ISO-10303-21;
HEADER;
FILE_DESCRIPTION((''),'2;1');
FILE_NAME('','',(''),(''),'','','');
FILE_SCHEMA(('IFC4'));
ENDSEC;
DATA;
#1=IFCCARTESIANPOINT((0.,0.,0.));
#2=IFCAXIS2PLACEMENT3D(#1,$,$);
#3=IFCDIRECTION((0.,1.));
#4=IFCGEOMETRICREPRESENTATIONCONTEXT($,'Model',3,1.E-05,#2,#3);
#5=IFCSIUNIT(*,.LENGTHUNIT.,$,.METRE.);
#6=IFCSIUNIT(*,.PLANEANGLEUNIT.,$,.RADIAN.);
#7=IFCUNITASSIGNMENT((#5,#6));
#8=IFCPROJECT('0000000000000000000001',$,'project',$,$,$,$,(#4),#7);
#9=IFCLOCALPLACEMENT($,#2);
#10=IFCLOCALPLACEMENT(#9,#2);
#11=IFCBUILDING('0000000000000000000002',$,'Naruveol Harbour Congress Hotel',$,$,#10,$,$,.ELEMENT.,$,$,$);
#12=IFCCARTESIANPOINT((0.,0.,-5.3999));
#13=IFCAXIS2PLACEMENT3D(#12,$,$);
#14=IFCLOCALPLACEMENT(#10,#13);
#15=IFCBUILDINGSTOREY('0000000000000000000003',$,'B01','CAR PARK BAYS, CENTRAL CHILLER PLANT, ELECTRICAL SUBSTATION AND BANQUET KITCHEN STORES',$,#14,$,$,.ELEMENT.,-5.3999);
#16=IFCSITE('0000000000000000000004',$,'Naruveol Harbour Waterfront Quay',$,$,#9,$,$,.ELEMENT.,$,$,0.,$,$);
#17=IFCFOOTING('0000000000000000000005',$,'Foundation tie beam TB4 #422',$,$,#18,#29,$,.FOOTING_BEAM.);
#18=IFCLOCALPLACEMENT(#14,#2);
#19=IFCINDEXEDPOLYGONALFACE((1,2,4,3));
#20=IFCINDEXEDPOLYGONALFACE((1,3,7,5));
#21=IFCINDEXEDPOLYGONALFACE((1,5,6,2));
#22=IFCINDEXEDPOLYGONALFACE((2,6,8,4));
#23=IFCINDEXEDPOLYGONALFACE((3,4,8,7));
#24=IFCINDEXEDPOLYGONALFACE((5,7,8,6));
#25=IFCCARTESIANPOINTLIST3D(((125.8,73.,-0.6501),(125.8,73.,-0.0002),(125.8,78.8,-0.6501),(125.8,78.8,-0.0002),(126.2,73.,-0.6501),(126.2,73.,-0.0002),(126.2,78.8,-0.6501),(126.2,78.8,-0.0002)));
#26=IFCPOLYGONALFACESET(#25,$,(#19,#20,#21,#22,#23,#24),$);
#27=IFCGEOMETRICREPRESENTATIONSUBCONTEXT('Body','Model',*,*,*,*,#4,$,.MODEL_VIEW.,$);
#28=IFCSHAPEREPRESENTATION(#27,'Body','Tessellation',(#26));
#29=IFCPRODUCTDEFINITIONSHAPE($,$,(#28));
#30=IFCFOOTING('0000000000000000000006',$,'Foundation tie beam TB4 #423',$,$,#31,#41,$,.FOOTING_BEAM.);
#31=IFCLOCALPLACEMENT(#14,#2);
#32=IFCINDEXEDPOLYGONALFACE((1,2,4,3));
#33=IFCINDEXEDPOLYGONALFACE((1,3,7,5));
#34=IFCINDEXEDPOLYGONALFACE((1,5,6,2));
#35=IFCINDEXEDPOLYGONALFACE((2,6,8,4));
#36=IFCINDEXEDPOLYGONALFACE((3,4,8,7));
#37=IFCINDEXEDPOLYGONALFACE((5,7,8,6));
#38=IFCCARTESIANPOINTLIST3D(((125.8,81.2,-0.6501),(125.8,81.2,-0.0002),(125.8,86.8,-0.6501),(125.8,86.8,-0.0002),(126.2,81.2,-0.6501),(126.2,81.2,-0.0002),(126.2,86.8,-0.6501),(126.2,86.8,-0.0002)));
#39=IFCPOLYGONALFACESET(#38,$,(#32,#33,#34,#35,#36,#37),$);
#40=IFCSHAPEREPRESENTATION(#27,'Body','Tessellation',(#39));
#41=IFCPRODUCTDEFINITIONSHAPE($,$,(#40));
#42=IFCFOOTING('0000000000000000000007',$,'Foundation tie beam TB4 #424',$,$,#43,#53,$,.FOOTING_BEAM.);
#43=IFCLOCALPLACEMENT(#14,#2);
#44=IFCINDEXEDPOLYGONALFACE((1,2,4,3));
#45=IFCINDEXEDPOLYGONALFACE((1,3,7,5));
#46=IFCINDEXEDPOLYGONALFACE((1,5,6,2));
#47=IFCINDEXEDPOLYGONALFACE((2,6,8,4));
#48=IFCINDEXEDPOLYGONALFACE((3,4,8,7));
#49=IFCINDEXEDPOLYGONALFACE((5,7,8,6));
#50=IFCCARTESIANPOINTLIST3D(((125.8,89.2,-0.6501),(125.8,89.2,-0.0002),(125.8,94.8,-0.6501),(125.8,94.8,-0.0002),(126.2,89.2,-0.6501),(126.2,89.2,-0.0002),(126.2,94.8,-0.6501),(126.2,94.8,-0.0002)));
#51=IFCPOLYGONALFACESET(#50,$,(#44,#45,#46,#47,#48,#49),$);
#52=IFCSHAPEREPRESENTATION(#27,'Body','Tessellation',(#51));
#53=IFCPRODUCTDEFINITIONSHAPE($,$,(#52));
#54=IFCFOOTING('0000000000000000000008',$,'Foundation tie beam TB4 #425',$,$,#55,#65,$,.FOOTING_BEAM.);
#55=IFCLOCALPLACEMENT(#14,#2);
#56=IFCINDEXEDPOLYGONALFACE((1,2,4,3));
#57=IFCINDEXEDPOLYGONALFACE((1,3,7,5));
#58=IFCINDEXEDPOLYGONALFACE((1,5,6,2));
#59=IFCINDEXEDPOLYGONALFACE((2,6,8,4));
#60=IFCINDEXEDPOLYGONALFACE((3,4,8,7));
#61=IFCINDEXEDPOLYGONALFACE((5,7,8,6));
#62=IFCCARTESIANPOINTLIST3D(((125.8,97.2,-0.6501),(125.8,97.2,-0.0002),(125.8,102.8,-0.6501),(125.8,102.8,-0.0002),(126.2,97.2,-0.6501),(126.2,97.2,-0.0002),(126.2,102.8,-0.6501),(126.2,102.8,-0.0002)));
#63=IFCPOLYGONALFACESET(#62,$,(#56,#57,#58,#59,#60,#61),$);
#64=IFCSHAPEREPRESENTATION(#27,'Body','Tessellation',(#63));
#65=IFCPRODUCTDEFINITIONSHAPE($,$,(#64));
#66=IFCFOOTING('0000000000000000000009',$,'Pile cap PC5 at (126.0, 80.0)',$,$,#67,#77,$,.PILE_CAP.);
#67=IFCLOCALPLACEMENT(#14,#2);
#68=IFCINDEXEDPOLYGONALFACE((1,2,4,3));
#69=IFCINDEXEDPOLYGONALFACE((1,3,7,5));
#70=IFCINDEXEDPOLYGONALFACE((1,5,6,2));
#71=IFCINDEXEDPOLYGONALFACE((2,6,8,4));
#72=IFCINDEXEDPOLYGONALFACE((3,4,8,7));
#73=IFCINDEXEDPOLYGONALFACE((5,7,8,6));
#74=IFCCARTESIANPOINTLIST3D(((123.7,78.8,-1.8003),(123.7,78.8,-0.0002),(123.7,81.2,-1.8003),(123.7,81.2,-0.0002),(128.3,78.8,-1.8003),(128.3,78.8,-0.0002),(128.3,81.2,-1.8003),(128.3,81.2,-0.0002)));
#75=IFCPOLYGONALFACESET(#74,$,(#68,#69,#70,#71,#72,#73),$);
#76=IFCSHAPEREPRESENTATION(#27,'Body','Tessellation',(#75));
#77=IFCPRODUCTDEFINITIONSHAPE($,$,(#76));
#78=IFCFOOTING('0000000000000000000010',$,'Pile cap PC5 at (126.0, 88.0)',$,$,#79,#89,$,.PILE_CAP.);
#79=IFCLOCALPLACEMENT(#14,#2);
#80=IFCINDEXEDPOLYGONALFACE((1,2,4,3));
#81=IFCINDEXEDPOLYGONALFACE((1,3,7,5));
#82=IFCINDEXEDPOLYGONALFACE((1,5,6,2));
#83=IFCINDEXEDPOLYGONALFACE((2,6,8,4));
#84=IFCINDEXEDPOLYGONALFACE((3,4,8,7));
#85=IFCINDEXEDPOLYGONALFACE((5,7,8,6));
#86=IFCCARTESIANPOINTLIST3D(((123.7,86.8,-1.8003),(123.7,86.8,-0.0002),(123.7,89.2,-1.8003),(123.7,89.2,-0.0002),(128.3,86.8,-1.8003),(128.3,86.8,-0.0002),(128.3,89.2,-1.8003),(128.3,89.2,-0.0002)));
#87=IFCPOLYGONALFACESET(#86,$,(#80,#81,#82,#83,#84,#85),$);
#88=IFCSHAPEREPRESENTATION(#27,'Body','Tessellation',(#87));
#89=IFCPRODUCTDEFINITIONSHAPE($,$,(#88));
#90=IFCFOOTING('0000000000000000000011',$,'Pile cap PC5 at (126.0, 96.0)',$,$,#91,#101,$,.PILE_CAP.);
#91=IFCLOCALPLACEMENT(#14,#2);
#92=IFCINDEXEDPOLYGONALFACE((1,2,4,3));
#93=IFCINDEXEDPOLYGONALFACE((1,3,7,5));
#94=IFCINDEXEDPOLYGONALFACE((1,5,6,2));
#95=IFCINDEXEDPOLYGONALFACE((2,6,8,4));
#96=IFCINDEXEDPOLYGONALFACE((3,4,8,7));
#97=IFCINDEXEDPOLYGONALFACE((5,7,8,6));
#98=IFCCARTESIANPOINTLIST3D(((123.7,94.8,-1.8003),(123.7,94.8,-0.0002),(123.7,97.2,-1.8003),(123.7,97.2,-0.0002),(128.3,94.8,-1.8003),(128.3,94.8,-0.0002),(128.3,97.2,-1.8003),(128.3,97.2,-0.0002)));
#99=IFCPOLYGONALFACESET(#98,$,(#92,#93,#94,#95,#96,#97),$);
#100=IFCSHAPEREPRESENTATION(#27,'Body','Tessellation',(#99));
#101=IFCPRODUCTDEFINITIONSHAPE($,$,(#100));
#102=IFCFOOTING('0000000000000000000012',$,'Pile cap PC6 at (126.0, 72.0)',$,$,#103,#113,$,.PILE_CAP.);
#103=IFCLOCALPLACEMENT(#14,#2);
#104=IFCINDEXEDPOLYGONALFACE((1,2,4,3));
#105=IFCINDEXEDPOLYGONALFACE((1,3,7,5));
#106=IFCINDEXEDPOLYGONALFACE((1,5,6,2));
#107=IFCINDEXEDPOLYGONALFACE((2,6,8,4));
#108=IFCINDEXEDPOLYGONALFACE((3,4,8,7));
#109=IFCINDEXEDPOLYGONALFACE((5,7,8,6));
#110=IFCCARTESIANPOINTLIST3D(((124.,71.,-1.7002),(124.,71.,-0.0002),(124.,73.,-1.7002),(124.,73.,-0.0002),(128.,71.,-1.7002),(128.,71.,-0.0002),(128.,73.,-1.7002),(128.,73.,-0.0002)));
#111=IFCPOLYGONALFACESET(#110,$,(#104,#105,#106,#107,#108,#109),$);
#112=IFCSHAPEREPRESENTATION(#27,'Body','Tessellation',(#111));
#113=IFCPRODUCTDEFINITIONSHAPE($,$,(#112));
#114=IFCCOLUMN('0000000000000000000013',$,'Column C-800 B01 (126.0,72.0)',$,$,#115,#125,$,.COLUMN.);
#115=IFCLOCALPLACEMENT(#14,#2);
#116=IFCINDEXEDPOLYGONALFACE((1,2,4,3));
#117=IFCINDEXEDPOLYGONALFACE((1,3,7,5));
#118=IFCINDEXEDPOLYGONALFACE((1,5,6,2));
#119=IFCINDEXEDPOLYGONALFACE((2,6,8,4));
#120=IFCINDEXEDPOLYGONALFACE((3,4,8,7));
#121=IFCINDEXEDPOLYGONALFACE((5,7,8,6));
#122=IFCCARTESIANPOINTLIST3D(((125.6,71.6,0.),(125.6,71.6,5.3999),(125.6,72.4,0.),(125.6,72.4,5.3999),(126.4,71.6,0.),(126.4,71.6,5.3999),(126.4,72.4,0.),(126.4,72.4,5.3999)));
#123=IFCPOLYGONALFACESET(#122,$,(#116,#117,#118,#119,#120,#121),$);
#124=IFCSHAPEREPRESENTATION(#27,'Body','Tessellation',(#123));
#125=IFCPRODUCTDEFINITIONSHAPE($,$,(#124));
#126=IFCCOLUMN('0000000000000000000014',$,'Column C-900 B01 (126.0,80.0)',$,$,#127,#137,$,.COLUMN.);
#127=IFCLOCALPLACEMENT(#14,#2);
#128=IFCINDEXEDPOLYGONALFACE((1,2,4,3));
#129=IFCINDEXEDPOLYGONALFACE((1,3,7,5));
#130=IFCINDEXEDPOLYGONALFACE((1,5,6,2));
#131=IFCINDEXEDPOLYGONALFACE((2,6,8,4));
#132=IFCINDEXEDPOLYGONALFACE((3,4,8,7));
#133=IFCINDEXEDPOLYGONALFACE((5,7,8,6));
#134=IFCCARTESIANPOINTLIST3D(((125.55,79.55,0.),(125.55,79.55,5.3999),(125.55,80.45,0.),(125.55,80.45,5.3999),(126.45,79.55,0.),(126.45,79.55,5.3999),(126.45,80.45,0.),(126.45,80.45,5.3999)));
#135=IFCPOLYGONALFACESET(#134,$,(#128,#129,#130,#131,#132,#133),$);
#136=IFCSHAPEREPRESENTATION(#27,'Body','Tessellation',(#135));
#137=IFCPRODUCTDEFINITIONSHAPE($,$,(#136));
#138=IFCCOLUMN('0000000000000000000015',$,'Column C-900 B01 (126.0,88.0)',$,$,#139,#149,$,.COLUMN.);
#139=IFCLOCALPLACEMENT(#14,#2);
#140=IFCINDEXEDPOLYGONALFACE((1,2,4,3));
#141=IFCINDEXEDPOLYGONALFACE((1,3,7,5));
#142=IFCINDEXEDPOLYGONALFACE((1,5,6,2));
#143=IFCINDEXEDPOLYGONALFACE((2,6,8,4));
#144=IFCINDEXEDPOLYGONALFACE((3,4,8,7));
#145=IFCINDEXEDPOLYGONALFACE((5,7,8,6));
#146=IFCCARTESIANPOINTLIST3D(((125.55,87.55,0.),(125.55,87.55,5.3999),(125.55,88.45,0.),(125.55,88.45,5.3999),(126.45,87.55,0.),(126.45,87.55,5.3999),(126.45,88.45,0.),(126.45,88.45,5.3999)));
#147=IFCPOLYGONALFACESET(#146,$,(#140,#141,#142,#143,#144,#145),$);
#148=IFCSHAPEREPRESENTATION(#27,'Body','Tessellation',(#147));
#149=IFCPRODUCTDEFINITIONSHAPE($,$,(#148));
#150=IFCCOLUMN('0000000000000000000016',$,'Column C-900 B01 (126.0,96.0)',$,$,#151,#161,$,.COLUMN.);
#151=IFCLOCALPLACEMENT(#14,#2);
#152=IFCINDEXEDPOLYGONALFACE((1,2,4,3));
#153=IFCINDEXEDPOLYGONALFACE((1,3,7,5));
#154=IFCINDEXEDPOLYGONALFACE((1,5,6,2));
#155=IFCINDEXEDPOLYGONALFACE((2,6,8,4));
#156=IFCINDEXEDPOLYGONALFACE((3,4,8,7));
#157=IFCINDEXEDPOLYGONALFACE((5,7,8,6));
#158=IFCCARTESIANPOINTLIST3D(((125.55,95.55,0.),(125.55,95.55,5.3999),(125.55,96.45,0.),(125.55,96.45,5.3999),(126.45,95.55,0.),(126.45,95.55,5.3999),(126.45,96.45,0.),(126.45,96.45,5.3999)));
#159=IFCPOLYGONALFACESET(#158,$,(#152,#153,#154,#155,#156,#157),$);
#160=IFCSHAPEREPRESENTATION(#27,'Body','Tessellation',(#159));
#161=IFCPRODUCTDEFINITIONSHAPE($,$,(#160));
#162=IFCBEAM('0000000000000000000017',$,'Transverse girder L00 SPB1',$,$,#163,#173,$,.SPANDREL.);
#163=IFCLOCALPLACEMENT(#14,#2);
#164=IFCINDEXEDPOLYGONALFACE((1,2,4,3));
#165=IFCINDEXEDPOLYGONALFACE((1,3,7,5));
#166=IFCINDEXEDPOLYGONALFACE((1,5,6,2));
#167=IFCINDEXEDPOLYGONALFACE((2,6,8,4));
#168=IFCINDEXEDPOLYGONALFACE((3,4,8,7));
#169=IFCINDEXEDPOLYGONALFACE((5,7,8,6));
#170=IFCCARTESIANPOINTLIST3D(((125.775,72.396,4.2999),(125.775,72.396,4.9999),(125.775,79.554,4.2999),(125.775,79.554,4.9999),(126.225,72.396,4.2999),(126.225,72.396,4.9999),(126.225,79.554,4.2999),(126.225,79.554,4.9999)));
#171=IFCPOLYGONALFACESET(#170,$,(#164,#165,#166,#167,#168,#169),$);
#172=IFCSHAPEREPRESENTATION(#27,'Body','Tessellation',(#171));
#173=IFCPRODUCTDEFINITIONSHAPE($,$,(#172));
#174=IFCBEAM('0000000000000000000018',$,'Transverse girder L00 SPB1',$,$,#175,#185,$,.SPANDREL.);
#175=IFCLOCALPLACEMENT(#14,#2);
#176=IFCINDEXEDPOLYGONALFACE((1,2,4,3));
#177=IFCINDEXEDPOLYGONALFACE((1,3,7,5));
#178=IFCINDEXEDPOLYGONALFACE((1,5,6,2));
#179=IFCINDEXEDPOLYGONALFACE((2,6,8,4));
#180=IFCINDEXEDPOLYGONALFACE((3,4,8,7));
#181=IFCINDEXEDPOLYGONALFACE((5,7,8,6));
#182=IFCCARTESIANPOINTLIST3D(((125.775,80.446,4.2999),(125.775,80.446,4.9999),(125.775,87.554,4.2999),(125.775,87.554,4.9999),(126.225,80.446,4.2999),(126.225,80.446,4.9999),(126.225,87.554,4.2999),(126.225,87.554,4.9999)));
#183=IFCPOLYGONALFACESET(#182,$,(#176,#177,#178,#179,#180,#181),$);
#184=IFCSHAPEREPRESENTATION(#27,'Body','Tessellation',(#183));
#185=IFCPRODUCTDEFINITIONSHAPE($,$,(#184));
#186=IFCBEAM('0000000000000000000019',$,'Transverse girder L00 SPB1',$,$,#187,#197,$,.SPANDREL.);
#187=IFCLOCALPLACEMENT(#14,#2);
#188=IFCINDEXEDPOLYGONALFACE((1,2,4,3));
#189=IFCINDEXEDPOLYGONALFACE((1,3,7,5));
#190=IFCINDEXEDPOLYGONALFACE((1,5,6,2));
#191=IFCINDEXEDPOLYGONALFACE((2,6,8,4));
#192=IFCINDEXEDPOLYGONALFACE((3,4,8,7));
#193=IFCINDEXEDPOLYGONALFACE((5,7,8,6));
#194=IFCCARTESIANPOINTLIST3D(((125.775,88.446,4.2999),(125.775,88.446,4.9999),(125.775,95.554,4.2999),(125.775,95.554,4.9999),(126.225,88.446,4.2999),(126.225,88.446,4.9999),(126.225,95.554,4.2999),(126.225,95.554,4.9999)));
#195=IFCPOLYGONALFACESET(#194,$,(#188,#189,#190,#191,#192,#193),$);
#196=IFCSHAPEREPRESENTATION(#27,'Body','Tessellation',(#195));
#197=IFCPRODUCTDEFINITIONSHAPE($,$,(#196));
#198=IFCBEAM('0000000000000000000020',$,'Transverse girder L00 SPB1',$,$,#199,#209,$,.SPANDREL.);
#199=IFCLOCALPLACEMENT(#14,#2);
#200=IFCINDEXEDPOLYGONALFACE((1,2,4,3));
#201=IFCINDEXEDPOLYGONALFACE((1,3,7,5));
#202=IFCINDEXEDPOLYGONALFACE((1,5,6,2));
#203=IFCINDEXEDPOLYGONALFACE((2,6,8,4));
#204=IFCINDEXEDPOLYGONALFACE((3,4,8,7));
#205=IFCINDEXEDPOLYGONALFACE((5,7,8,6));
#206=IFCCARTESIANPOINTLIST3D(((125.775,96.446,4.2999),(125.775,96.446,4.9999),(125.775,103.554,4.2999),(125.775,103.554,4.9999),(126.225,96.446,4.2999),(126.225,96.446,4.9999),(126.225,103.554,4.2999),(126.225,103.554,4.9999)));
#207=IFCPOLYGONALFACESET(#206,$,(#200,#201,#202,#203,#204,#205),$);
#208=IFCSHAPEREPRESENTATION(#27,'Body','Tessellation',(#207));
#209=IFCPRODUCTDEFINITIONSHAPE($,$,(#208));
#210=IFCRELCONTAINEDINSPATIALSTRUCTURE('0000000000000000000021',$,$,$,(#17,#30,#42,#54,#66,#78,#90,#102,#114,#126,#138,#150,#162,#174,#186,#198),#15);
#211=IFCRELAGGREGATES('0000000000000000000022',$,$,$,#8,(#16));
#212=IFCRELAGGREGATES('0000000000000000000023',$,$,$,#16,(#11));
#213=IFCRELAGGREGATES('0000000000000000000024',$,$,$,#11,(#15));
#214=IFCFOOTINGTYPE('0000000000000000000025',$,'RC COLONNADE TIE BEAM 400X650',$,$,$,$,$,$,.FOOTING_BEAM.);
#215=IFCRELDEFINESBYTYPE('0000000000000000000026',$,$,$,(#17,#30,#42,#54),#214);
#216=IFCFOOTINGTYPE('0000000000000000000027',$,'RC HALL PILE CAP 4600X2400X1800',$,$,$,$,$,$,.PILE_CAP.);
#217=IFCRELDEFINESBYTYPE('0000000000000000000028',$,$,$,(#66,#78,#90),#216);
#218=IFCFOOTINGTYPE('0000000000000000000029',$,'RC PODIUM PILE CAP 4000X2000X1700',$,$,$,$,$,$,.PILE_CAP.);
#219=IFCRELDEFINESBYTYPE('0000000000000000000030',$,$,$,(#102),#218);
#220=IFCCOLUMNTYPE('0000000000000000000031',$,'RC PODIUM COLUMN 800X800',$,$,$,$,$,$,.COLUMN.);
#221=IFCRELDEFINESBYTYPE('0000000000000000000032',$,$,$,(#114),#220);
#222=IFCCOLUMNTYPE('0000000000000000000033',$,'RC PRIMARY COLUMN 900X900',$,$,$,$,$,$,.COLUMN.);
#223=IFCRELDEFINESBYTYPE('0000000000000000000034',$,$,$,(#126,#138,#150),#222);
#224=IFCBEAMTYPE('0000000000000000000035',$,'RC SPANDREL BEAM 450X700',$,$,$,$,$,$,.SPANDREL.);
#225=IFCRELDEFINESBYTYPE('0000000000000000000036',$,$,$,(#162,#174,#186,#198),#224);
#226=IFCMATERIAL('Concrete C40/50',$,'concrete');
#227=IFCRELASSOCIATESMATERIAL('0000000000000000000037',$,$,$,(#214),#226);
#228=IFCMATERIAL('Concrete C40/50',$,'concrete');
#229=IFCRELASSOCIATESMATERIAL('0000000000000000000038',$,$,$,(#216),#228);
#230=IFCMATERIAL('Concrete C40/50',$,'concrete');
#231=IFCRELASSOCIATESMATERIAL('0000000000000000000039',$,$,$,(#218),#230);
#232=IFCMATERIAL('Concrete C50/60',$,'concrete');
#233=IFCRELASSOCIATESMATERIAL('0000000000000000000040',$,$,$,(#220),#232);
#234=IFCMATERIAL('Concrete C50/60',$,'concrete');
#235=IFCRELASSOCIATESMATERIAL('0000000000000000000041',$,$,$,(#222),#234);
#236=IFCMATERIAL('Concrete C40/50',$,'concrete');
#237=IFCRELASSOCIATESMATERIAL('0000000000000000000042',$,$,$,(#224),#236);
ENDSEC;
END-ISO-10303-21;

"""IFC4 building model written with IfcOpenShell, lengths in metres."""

from ifc_helpers import new_model, si_unit, direction, frame, origin, origin_2d, place, context, subcontext, project, spatial, rectangle, extrude, material, material_profile, profile_set, type_object, element, save


model = new_model("IFC4")

# Units and contexts
model_context = context("Model", 3, precision=1e-05, world=origin(), true_north=direction((0.0, 1.0)))
body_context = subcontext(model_context, "Body", "Model", "MODEL_VIEW")
ifc_project = project(units=[si_unit("LENGTHUNIT", "METRE"), si_unit("PLANEANGLEUNIT", "RADIAN")], contexts=[model_context])

# Site, building, storey
site_placement = place(None, origin())
site = spatial("IfcSite", under=ifc_project, at=site_placement, Name="Naruveol Harbour Waterfront Quay", CompositionType="ELEMENT", RefElevation=0.0)
building_placement = place(site_placement, origin())
building = spatial("IfcBuilding", under=site, at=building_placement, Name="Naruveol Harbour Congress Hotel", CompositionType="ELEMENT")
storey_placement = place(building_placement, frame((0.0, 0.0, -5.3999)))
storey = spatial("IfcBuildingStorey", under=building, at=storey_placement, Name="B01", Description="CAR PARK BAYS, CENTRAL CHILLER PLANT, ELECTRICAL SUBSTATION AND BANQUET KITCHEN STORES", CompositionType="ELEMENT", Elevation=-5.3999)

# Footings
ifc_material_1 = material(Name="Concrete C40/50", Category="concrete")
ifc_material_profile_1 = material_profile(ifc_material_1, rectangle(XDim=0.3999, YDim=0.6499, at=origin_2d()), Name="RCB-400x650")
ifc_profile_set_1 = profile_set([ifc_material_profile_1], Name="Concrete C40/50")
footing_type_1 = type_object("IfcFootingType", Name="RC COLONNADE TIE BEAM 400X650", PredefinedType="FOOTING_BEAM", material=ifc_profile_set_1)
footing_1_placement = place(storey_placement, frame((126.0, 73.0, -0.3252), z_axis=(0.0, 1.0, 0.0), x_axis=(-1.0, 0.0, 0.0)))
element("IfcFooting", 1, at=footing_1_placement, inside=storey, type_object=footing_type_1, Name="Foundation tie beam TB4 #422", PredefinedType="FOOTING_BEAM", context=body_context, shape_type="SweptSolid", body=[
    extrude(rectangle(XDim=0.3999, YDim=0.6499, at=origin_2d()), origin(), (0.0, 0.0, 1.0), 5.8),
])
for number, where, z_axis, x_axis, name in (
    (2, (126.0, 81.2, -0.3252), (0.0, 1.0, 0.0), (-1.0, 0.0, 0.0), "Foundation tie beam TB4 #423"),
    (3, (126.0, 89.2, -0.3252), (0.0, 1.0, 0.0), (-1.0, 0.0, 0.0), "Foundation tie beam TB4 #424"),
    (4, (126.0, 97.2, -0.3252), (0.0, 1.0, 0.0), (-1.0, 0.0, 0.0), "Foundation tie beam TB4 #425"),
):
    element("IfcFooting", number, at=place(storey_placement, frame(where, z_axis=z_axis, x_axis=x_axis)), inside=storey, type_object=footing_type_1, Name=name, PredefinedType="FOOTING_BEAM", context=body_context, shape_type="SweptSolid", body=[
        extrude(rectangle(XDim=0.3999, YDim=0.6499, at=origin_2d()), origin(), (0.0, 0.0, 1.0), 5.6001),
    ])
ifc_material_2 = material(Name="Concrete C40/50", Category="concrete")
footing_type_2 = type_object("IfcFootingType", Name="RC HALL PILE CAP 4600X2400X1800", PredefinedType="PILE_CAP", material=ifc_material_2)
for number, where, z_axis, x_axis, name in (
    (5, (126.0, 80.0, -1.8003), (0.0, 0.0, 1.0), (1.0, 0.0, 0.0), "Pile cap PC5 at (126.0, 80.0)"),
    (6, (126.0, 88.0, -1.8003), (0.0, 0.0, 1.0), (1.0, 0.0, 0.0), "Pile cap PC5 at (126.0, 88.0)"),
    (7, (126.0, 96.0, -1.8003), (0.0, 0.0, 1.0), (1.0, 0.0, 0.0), "Pile cap PC5 at (126.0, 96.0)"),
):
    element("IfcFooting", number, at=place(storey_placement, frame(where, z_axis=z_axis, x_axis=x_axis)), inside=storey, type_object=footing_type_2, Name=name, PredefinedType="PILE_CAP", context=body_context, shape_type="SweptSolid", body=[
        extrude(rectangle(XDim=4.6001, YDim=2.3999, at=origin_2d()), origin(), (0.0, 0.0, 1.0), 1.8),
    ])
ifc_material_3 = material(Name="Concrete C40/50", Category="concrete")
footing_type_3 = type_object("IfcFootingType", Name="RC PODIUM PILE CAP 4000X2000X1700", PredefinedType="PILE_CAP", material=ifc_material_3)
footing_2_placement = place(storey_placement, frame((126.0, 72.0, -1.7002), z_axis=(0.0, 0.0, 1.0), x_axis=(1.0, 0.0, 0.0)))
element("IfcFooting", 8, at=footing_2_placement, inside=storey, type_object=footing_type_3, Name="Pile cap PC6 at (126.0, 72.0)", PredefinedType="PILE_CAP", context=body_context, shape_type="SweptSolid", body=[
    extrude(rectangle(XDim=4.0, YDim=2.0, at=origin_2d()), origin(), (0.0, 0.0, 1.0), 1.7),
])

# Columns
ifc_material_4 = material(Name="Concrete C50/60", Category="concrete")
ifc_material_profile_2 = material_profile(ifc_material_4, rectangle(XDim=0.8, YDim=0.8, at=origin_2d()), Name="RC-800x800")
ifc_profile_set_2 = profile_set([ifc_material_profile_2], Name="Concrete C50/60")
column_type_1 = type_object("IfcColumnType", Name="RC PODIUM COLUMN 800X800", PredefinedType="COLUMN", material=ifc_profile_set_2)
column_placement = place(storey_placement, frame((126.0, 72.0, 0.0), z_axis=(0.0, 0.0, 1.0), x_axis=(1.0, 0.0, 0.0)))
element("IfcColumn", 9, at=column_placement, inside=storey, type_object=column_type_1, Name="Column C-800 B01 (126.0,72.0)", PredefinedType="COLUMN", context=body_context, shape_type="SweptSolid", body=[
    extrude(rectangle(XDim=0.8, YDim=0.8, at=origin_2d()), origin(), (0.0, 0.0, 1.0), 5.3999),
])
ifc_material_5 = material(Name="Concrete C50/60", Category="concrete")
ifc_material_profile_3 = material_profile(ifc_material_5, rectangle(XDim=0.8999, YDim=0.8999, at=origin_2d()), Name="RC-900x900")
ifc_profile_set_3 = profile_set([ifc_material_profile_3], Name="Concrete C50/60")
column_type_2 = type_object("IfcColumnType", Name="RC PRIMARY COLUMN 900X900", PredefinedType="COLUMN", material=ifc_profile_set_3)
for number, where, z_axis, x_axis, name in (
    (10, (126.0, 80.0, 0.0), (0.0, 0.0, 1.0), (1.0, 0.0, 0.0), "Column C-900 B01 (126.0,80.0)"),
    (11, (126.0, 88.0, 0.0), (0.0, 0.0, 1.0), (1.0, 0.0, 0.0), "Column C-900 B01 (126.0,88.0)"),
    (12, (126.0, 96.0, 0.0), (0.0, 0.0, 1.0), (1.0, 0.0, 0.0), "Column C-900 B01 (126.0,96.0)"),
):
    element("IfcColumn", number, at=place(storey_placement, frame(where, z_axis=z_axis, x_axis=x_axis)), inside=storey, type_object=column_type_2, Name=name, PredefinedType="COLUMN", context=body_context, shape_type="SweptSolid", body=[
        extrude(rectangle(XDim=0.8999, YDim=0.8999, at=origin_2d()), origin(), (0.0, 0.0, 1.0), 5.3999),
    ])

# Beams
ifc_material_6 = material(Name="Concrete C40/50", Category="concrete")
ifc_material_profile_4 = material_profile(ifc_material_6, rectangle(XDim=0.45, YDim=0.7, at=origin_2d()), Name="RCB-450x700")
ifc_profile_set_4 = profile_set([ifc_material_profile_4], Name="Concrete C40/50")
beam_type = type_object("IfcBeamType", Name="RC SPANDREL BEAM 450X700", PredefinedType="SPANDREL", material=ifc_profile_set_4)
beam_placement = place(storey_placement, frame((126.0, 72.396, 4.6499), z_axis=(0.0, 1.0, 0.0), x_axis=(-1.0, 0.0, 0.0)))
element("IfcBeam", 13, at=beam_placement, inside=storey, type_object=beam_type, Name="Transverse girder L00 SPB1", PredefinedType="SPANDREL", context=body_context, shape_type="SweptSolid", body=[
    extrude(rectangle(XDim=0.45, YDim=0.7, at=origin_2d()), origin(), (0.0, 0.0, 1.0), 7.158),
])
for number, where, z_axis, x_axis, name in (
    (14, (126.0, 80.446, 4.6499), (0.0, 1.0, 0.0), (-1.0, 0.0, 0.0), "Transverse girder L00 SPB1"),
    (15, (126.0, 88.446, 4.6499), (0.0, 1.0, 0.0), (-1.0, 0.0, 0.0), "Transverse girder L00 SPB1"),
    (16, (126.0, 96.446, 4.6499), (0.0, 1.0, 0.0), (-1.0, 0.0, 0.0), "Transverse girder L00 SPB1"),
):
    element("IfcBeam", number, at=place(storey_placement, frame(where, z_axis=z_axis, x_axis=x_axis)), inside=storey, type_object=beam_type, Name=name, PredefinedType="SPANDREL", context=body_context, shape_type="SweptSolid", body=[
        extrude(rectangle(XDim=0.45, YDim=0.7, at=origin_2d()), origin(), (0.0, 0.0, 1.0), 7.1079),
    ])

save(model, "model.ifc")
